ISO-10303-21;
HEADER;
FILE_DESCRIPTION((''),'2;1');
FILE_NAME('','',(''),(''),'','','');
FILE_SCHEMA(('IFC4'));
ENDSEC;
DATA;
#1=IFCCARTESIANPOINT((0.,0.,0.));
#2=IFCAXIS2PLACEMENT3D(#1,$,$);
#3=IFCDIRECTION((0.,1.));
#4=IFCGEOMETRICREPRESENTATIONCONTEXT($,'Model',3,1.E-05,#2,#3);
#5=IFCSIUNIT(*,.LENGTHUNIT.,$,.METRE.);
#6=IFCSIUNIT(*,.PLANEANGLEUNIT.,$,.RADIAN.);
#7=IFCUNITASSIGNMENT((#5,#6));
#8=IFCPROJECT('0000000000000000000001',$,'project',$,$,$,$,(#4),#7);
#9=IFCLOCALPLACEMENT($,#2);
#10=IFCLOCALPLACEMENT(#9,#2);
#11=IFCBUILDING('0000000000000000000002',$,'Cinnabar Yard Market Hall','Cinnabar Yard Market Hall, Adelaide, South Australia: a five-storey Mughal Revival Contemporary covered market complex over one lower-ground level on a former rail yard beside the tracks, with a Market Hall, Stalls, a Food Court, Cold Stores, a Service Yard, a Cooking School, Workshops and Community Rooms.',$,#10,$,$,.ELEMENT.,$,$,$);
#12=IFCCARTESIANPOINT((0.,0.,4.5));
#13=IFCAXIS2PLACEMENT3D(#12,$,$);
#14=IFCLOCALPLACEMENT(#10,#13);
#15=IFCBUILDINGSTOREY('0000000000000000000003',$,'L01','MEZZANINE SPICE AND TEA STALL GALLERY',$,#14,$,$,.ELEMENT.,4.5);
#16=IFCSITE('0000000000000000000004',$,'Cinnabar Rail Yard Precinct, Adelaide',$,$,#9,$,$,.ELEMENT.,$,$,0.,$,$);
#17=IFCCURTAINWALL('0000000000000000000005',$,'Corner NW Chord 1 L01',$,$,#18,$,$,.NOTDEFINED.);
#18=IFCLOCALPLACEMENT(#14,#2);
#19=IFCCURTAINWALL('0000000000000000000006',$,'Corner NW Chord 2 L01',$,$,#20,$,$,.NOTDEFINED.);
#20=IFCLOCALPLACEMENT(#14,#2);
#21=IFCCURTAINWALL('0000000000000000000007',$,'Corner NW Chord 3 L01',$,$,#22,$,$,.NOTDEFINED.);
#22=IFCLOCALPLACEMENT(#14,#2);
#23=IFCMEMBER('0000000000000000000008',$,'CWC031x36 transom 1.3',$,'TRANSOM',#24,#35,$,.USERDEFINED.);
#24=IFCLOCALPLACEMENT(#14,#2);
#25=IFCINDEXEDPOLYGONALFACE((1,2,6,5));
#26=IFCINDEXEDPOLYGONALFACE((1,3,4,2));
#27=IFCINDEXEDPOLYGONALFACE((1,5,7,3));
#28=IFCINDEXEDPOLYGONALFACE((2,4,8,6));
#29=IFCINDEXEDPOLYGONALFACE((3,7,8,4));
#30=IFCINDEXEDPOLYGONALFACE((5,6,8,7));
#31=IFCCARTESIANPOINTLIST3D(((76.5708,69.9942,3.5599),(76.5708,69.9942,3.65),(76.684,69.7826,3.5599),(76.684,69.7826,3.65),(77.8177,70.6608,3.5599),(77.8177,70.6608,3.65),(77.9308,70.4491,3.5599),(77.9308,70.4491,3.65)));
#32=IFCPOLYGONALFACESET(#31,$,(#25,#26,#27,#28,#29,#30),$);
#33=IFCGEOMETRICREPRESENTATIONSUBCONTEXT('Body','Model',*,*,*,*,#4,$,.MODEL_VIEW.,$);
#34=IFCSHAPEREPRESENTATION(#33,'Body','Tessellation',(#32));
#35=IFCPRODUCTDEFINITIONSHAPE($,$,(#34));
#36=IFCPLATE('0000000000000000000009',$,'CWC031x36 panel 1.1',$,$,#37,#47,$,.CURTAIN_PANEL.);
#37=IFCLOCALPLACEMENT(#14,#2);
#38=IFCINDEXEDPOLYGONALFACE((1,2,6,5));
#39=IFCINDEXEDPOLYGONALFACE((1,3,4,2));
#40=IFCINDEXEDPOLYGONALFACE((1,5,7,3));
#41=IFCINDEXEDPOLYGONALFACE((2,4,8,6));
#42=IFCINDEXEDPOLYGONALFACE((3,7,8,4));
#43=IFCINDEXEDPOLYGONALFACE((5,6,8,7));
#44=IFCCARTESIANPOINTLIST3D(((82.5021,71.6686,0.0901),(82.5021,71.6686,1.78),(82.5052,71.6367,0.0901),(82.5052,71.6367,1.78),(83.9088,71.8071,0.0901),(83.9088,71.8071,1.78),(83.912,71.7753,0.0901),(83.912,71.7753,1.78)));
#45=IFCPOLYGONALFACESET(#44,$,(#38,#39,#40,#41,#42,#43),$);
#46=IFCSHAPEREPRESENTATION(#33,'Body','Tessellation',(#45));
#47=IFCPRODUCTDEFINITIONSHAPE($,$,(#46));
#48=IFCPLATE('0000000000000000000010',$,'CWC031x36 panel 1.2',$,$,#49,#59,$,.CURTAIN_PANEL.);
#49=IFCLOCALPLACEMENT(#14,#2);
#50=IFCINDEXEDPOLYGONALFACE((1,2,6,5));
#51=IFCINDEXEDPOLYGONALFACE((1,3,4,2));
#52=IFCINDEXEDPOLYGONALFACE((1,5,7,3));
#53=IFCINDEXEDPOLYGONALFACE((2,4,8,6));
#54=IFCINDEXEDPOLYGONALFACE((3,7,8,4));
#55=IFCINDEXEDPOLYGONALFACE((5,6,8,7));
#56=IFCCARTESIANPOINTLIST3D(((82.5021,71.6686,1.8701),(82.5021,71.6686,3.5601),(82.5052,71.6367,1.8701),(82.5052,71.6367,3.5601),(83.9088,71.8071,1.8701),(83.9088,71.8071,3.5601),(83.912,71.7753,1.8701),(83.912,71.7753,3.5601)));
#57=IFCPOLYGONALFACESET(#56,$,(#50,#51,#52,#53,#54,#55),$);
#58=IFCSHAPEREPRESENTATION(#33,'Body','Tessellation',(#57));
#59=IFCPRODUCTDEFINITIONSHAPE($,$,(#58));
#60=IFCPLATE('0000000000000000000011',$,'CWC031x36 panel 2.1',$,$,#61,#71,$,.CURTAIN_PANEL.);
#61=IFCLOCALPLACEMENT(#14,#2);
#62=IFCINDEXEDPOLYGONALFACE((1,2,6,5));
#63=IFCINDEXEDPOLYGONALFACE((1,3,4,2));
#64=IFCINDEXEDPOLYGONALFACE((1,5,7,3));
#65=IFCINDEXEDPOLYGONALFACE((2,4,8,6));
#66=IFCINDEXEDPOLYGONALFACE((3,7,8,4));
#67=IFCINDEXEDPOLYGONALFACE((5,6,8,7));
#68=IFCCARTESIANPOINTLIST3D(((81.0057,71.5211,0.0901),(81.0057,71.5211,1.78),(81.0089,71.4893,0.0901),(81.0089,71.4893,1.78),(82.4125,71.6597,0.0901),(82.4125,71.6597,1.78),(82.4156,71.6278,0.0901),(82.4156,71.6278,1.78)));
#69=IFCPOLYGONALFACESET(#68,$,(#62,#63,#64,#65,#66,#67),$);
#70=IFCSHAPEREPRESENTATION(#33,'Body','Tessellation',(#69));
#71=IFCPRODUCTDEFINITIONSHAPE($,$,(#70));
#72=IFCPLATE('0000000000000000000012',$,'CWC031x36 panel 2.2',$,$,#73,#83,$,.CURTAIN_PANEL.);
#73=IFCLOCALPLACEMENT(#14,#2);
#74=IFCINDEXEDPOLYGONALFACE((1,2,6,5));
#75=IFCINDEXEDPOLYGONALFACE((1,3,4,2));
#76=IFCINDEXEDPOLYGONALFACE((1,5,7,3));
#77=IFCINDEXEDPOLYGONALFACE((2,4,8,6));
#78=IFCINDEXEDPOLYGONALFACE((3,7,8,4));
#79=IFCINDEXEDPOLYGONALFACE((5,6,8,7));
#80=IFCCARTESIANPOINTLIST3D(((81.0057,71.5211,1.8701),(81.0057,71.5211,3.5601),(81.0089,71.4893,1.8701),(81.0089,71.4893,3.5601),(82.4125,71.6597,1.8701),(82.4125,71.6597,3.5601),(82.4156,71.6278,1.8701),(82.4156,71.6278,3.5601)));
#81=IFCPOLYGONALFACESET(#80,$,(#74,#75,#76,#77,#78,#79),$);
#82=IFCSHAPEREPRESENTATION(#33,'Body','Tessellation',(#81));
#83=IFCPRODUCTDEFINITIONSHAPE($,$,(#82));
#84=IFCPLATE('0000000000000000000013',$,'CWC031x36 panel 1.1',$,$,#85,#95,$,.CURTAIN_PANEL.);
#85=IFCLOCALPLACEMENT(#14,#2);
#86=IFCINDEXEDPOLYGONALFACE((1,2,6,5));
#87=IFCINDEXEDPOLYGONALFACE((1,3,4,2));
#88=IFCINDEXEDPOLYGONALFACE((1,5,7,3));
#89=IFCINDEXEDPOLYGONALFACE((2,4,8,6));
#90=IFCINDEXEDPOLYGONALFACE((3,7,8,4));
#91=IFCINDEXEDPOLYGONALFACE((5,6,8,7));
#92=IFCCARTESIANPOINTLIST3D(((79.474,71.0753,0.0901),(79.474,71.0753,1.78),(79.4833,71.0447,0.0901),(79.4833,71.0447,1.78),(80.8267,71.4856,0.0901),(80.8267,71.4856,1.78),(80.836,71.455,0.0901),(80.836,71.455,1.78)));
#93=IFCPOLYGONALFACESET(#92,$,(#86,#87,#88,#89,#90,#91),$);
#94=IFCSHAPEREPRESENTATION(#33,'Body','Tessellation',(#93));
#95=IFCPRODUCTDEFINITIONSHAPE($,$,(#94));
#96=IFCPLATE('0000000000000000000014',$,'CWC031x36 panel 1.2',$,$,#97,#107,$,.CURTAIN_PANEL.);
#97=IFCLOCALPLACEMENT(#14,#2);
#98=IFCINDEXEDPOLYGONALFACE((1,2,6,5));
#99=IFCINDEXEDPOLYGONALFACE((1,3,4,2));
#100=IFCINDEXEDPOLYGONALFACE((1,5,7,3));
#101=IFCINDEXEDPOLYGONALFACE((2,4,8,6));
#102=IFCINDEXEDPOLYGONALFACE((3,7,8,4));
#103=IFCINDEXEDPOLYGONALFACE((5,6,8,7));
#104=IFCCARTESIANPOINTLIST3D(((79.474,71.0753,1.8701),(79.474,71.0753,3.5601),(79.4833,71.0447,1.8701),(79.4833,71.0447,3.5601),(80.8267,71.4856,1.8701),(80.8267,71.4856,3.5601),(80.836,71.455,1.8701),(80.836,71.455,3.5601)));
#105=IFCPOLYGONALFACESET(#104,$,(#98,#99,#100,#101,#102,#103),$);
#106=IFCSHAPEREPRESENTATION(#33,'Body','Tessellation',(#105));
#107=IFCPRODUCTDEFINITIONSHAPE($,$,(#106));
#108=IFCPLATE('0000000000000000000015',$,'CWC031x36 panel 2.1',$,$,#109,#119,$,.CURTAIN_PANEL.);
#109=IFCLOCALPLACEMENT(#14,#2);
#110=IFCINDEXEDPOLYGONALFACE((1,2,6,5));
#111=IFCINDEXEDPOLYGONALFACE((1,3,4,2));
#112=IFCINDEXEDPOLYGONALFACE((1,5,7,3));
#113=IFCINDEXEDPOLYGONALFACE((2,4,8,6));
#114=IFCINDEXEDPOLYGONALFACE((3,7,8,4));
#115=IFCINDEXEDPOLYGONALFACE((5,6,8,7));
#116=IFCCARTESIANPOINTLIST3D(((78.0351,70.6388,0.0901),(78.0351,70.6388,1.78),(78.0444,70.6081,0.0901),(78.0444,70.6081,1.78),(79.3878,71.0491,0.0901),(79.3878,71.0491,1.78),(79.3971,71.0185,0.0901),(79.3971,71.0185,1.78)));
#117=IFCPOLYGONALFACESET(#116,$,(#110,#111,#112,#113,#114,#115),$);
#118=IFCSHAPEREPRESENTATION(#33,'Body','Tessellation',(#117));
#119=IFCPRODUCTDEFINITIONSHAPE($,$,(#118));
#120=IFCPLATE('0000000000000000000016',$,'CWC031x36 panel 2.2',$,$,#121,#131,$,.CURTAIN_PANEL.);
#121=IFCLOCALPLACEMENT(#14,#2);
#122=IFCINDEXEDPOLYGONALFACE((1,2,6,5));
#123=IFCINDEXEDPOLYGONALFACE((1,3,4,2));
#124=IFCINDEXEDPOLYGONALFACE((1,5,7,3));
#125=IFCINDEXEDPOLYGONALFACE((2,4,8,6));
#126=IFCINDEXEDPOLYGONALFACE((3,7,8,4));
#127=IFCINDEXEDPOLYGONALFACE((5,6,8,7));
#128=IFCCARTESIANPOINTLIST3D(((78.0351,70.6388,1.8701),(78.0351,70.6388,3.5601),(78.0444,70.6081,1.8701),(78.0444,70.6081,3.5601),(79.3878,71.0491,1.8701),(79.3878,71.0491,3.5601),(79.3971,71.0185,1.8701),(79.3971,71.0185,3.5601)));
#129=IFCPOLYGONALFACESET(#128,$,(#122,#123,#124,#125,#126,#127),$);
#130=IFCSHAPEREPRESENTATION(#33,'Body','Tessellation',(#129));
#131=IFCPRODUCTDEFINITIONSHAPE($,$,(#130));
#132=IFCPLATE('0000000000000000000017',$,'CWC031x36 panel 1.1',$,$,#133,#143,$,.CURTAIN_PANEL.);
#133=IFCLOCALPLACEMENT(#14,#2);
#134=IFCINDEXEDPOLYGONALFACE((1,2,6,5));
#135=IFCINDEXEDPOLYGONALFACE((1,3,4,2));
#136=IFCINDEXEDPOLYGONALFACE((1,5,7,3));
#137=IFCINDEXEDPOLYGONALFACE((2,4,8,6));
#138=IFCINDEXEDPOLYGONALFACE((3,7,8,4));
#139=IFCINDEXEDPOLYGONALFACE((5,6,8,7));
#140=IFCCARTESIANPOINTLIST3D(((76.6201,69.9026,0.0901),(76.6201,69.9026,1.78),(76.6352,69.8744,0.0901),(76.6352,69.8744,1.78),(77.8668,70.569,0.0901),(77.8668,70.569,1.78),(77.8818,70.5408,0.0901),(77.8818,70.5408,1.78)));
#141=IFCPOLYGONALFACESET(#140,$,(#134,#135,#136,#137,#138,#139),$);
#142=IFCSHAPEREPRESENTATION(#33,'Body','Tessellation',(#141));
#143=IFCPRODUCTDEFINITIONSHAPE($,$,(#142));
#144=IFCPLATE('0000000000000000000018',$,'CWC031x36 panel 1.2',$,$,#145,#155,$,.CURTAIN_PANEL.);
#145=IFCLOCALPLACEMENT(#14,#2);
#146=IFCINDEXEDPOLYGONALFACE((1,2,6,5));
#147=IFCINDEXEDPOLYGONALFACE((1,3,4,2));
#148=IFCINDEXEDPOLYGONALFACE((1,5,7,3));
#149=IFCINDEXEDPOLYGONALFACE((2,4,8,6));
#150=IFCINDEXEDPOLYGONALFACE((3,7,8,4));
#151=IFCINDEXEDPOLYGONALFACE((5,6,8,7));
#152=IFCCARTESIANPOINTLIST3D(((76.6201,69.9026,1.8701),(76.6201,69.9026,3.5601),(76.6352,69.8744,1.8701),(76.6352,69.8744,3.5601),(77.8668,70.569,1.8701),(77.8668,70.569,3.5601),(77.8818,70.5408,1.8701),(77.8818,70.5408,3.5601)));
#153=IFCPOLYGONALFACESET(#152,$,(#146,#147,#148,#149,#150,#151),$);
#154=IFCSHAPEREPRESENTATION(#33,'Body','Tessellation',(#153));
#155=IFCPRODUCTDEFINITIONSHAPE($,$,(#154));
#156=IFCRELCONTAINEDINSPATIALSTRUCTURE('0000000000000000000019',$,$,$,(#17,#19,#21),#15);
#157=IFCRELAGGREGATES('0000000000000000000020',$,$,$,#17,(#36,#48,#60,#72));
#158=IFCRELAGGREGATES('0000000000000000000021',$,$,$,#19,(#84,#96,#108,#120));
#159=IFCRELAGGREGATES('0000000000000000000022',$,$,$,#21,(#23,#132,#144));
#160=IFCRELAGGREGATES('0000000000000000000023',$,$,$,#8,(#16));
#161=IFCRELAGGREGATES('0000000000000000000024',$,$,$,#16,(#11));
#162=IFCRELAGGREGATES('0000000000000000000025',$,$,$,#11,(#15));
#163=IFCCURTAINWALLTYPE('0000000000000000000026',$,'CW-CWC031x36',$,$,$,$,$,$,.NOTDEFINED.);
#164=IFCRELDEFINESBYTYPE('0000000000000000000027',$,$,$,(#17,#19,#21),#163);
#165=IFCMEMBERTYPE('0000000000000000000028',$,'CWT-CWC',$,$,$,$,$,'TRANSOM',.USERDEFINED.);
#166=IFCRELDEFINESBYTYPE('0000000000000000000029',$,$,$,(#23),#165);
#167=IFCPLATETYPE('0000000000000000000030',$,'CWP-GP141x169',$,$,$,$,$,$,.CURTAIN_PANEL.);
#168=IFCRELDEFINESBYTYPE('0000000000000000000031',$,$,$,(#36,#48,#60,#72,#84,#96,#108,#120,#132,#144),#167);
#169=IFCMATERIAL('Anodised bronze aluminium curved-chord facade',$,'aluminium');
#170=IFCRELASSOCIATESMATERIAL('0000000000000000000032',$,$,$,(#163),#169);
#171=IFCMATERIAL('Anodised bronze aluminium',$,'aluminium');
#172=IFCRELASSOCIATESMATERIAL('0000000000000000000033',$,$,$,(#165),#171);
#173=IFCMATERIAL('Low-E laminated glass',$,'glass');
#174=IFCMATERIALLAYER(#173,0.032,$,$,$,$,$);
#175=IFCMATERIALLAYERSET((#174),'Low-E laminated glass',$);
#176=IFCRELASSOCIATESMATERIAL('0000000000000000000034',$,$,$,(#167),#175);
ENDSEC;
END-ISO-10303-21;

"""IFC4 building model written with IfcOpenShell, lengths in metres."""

from ifc_helpers import new_model, si_unit, direction, frame, origin, origin_2d_with_axis, place, context, subcontext, project, spatial, rectangle, extrude, material, layer, layer_set, material_profile, profile_set, type_object, element, aggregate, save


model = new_model("IFC4")

# Units and contexts
model_context = context("Model", 3, precision=1e-05, world=origin(), true_north=direction((0.0, 1.0)))
body_context = subcontext(model_context, "Body", "Model", "MODEL_VIEW")
ifc_project = project(units=[si_unit("LENGTHUNIT", "METRE"), si_unit("PLANEANGLEUNIT", "RADIAN")], contexts=[model_context])

# Site, building, storey
site_placement = place(None, origin())
site = spatial("IfcSite", under=ifc_project, at=site_placement, Name="Cinnabar Rail Yard Precinct, Adelaide", CompositionType="ELEMENT", RefElevation=0.0)
building_placement = place(site_placement, origin())
building = spatial("IfcBuilding", under=site, at=building_placement, Name="Cinnabar Yard Market Hall", Description="Cinnabar Yard Market Hall, Adelaide, South Australia: a five-storey Mughal Revival Contemporary covered market complex over one lower-ground level on a former rail yard beside the tracks, with a Market Hall, Stalls, a Food Court, Cold Stores, a Service Yard, a Cooking School, Workshops and Community Rooms.", CompositionType="ELEMENT")
storey_placement = place(building_placement, frame((0.0, 0.0, 4.5)))
storey = spatial("IfcBuildingStorey", under=building, at=storey_placement, Name="L01", Description="MEZZANINE SPICE AND TEA STALL GALLERY", CompositionType="ELEMENT", Elevation=4.5)

# Curtain walls
ifc_material_1 = material(Name="Anodised bronze aluminium curved-chord facade", Category="aluminium")
curtain_wall_type = type_object("IfcCurtainWallType", Name="CW-CWC031x36", PredefinedType="NOTDEFINED", material=ifc_material_1)
curtain_wall_1_placement = place(storey_placement, origin())
curtain_wall_1 = element("IfcCurtainWall", 1, at=curtain_wall_1_placement, inside=storey, type_object=curtain_wall_type, Name="Corner NW Chord 1 L01", PredefinedType="NOTDEFINED")
ifc_material_2 = material(Name="Anodised bronze aluminium", Category="aluminium")
curtain_wall_2_placement = place(storey_placement, origin())
curtain_wall_2 = element("IfcCurtainWall", 2, at=curtain_wall_2_placement, inside=storey, type_object=curtain_wall_type, Name="Corner NW Chord 2 L01", PredefinedType="NOTDEFINED")

# Curtain wall
curtain_wall_3_placement = place(storey_placement, origin())
curtain_wall_3 = element("IfcCurtainWall", 3, at=curtain_wall_3_placement, inside=storey, type_object=curtain_wall_type, Name="Corner NW Chord 3 L01", PredefinedType="NOTDEFINED")

# Member
ifc_material_profile_1 = material_profile(ifc_material_2, rectangle(XDim=0.24, YDim=0.0901, at=origin_2d_with_axis()), Name="TRN-CWC")
ifc_profile_set_1 = profile_set([ifc_material_profile_1], Name="Anodised bronze aluminium")
member_type_1 = type_object("IfcMemberType", Name="CWT-CWC", ElementType="TRANSOM", PredefinedType="USERDEFINED", material=ifc_profile_set_1)
member_1_placement = place(storey_placement, frame((77.8743, 70.5549, 3.605), z_axis=(-0.881903, -0.471431, 0.0), x_axis=(0.471431, -0.881903, 0.0)))
member_1 = element("IfcMember", 4, at=member_1_placement, type_object=member_type_1, Name="CWC031x36 transom 1.3", ObjectType="TRANSOM", PredefinedType="USERDEFINED", context=body_context, shape_type="SweptSolid", body=[
    extrude(rectangle(XDim=0.24, YDim=0.0901, at=origin_2d_with_axis()), origin(), (0.0, 0.0, 1.0), 1.4138),
])

# Plates
ifc_material_3 = material(Name="Low-E laminated glass", Category="glass")
ifc_layer = layer(ifc_material_3, 0.032)
ifc_layer_set = layer_set([ifc_layer], Name="Low-E laminated glass")
plate_type = type_object("IfcPlateType", Name="CWP-GP141x169", PredefinedType="CURTAIN_PANEL", material=ifc_layer_set)
plate_1_placement = place(storey_placement, frame((83.207, 71.7219, 0.0901), z_axis=(0.0, 0.0, 1.0), x_axis=(-0.995184, -0.09802, 0.0)))
plate_1 = element("IfcPlate", 5, at=plate_1_placement, type_object=plate_type, Name="CWC031x36 panel 1.1", PredefinedType="CURTAIN_PANEL", context=body_context, shape_type="SweptSolid", body=[
    extrude(rectangle(XDim=1.4136, YDim=0.032, at=origin_2d_with_axis()), origin(), (0.0, 0.0, 1.0), 1.6899),
])
plate_2_placement = place(storey_placement, frame((83.207, 71.7219, 1.8701), z_axis=(0.0, 0.0, 1.0), x_axis=(-0.995184, -0.09802, 0.0)))
plate_2 = element("IfcPlate", 6, at=plate_2_placement, type_object=plate_type, Name="CWC031x36 panel 1.2", PredefinedType="CURTAIN_PANEL", context=body_context, shape_type="SweptSolid", body=[
    extrude(rectangle(XDim=1.4136, YDim=0.032, at=origin_2d_with_axis()), origin(), (0.0, 0.0, 1.0), 1.6899),
])
plate_3_placement = place(storey_placement, frame((81.7107, 71.5745, 0.0901), z_axis=(0.0, 0.0, 1.0), x_axis=(-0.995184, -0.09802, 0.0)))
plate_3 = element("IfcPlate", 7, at=plate_3_placement, type_object=plate_type, Name="CWC031x36 panel 2.1", PredefinedType="CURTAIN_PANEL", context=body_context, shape_type="SweptSolid", body=[
    extrude(rectangle(XDim=1.4136, YDim=0.032, at=origin_2d_with_axis()), origin(), (0.0, 0.0, 1.0), 1.6899),
])
plate_4_placement = place(storey_placement, frame((81.7107, 71.5745, 1.8701), z_axis=(0.0, 0.0, 1.0), x_axis=(-0.995184, -0.09802, 0.0)))
plate_4 = element("IfcPlate", 8, at=plate_4_placement, type_object=plate_type, Name="CWC031x36 panel 2.2", PredefinedType="CURTAIN_PANEL", context=body_context, shape_type="SweptSolid", body=[
    extrude(rectangle(XDim=1.4136, YDim=0.032, at=origin_2d_with_axis()), origin(), (0.0, 0.0, 1.0), 1.6899),
])
aggregate(curtain_wall_1, [plate_1, plate_2, plate_3, plate_4])
plate_5_placement = place(storey_placement, frame((80.155, 71.2651, 0.0901), z_axis=(0.0, 0.0, 1.0), x_axis=(-0.956942, -0.290279, 0.0)))
plate_5 = element("IfcPlate", 9, at=plate_5_placement, type_object=plate_type, Name="CWC031x36 panel 1.1", PredefinedType="CURTAIN_PANEL", context=body_context, shape_type="SweptSolid", body=[
    extrude(rectangle(XDim=1.4136, YDim=0.032, at=origin_2d_with_axis()), origin(), (0.0, 0.0, 1.0), 1.6899),
])
plate_6_placement = place(storey_placement, frame((80.155, 71.2651, 1.8701), z_axis=(0.0, 0.0, 1.0), x_axis=(-0.956942, -0.290279, 0.0)))
plate_6 = element("IfcPlate", 10, at=plate_6_placement, type_object=plate_type, Name="CWC031x36 panel 1.2", PredefinedType="CURTAIN_PANEL", context=body_context, shape_type="SweptSolid", body=[
    extrude(rectangle(XDim=1.4136, YDim=0.032, at=origin_2d_with_axis()), origin(), (0.0, 0.0, 1.0), 1.6899),
])
plate_7_placement = place(storey_placement, frame((78.7161, 70.8286, 0.0901), z_axis=(0.0, 0.0, 1.0), x_axis=(-0.956942, -0.290279, 0.0)))
plate_7 = element("IfcPlate", 11, at=plate_7_placement, type_object=plate_type, Name="CWC031x36 panel 2.1", PredefinedType="CURTAIN_PANEL", context=body_context, shape_type="SweptSolid", body=[
    extrude(rectangle(XDim=1.4136, YDim=0.032, at=origin_2d_with_axis()), origin(), (0.0, 0.0, 1.0), 1.6899),
])
plate_8_placement = place(storey_placement, frame((78.7161, 70.8286, 1.8701), z_axis=(0.0, 0.0, 1.0), x_axis=(-0.956942, -0.290279, 0.0)))
plate_8 = element("IfcPlate", 12, at=plate_8_placement, type_object=plate_type, Name="CWC031x36 panel 2.2", PredefinedType="CURTAIN_PANEL", context=body_context, shape_type="SweptSolid", body=[
    extrude(rectangle(XDim=1.4136, YDim=0.032, at=origin_2d_with_axis()), origin(), (0.0, 0.0, 1.0), 1.6899),
])
aggregate(curtain_wall_2, [plate_5, plate_6, plate_7, plate_8])
plate_9_placement = place(storey_placement, frame((77.251, 70.2217, 0.0901), z_axis=(0.0, 0.0, 1.0), x_axis=(-0.881917, -0.471404, 0.0)))
plate_9 = element("IfcPlate", 13, at=plate_9_placement, type_object=plate_type, Name="CWC031x36 panel 1.1", PredefinedType="CURTAIN_PANEL", context=body_context, shape_type="SweptSolid", body=[
    extrude(rectangle(XDim=1.4136, YDim=0.032, at=origin_2d_with_axis()), origin(), (0.0, 0.0, 1.0), 1.6899),
])
plate_10_placement = place(storey_placement, frame((77.251, 70.2217, 1.8701), z_axis=(0.0, 0.0, 1.0), x_axis=(-0.881917, -0.471404, 0.0)))
plate_10 = element("IfcPlate", 14, at=plate_10_placement, type_object=plate_type, Name="CWC031x36 panel 1.2", PredefinedType="CURTAIN_PANEL", context=body_context, shape_type="SweptSolid", body=[
    extrude(rectangle(XDim=1.4136, YDim=0.032, at=origin_2d_with_axis()), origin(), (0.0, 0.0, 1.0), 1.6899),
])
aggregate(curtain_wall_3, [member_1, plate_9, plate_10])

save(model, "model.ifc")
